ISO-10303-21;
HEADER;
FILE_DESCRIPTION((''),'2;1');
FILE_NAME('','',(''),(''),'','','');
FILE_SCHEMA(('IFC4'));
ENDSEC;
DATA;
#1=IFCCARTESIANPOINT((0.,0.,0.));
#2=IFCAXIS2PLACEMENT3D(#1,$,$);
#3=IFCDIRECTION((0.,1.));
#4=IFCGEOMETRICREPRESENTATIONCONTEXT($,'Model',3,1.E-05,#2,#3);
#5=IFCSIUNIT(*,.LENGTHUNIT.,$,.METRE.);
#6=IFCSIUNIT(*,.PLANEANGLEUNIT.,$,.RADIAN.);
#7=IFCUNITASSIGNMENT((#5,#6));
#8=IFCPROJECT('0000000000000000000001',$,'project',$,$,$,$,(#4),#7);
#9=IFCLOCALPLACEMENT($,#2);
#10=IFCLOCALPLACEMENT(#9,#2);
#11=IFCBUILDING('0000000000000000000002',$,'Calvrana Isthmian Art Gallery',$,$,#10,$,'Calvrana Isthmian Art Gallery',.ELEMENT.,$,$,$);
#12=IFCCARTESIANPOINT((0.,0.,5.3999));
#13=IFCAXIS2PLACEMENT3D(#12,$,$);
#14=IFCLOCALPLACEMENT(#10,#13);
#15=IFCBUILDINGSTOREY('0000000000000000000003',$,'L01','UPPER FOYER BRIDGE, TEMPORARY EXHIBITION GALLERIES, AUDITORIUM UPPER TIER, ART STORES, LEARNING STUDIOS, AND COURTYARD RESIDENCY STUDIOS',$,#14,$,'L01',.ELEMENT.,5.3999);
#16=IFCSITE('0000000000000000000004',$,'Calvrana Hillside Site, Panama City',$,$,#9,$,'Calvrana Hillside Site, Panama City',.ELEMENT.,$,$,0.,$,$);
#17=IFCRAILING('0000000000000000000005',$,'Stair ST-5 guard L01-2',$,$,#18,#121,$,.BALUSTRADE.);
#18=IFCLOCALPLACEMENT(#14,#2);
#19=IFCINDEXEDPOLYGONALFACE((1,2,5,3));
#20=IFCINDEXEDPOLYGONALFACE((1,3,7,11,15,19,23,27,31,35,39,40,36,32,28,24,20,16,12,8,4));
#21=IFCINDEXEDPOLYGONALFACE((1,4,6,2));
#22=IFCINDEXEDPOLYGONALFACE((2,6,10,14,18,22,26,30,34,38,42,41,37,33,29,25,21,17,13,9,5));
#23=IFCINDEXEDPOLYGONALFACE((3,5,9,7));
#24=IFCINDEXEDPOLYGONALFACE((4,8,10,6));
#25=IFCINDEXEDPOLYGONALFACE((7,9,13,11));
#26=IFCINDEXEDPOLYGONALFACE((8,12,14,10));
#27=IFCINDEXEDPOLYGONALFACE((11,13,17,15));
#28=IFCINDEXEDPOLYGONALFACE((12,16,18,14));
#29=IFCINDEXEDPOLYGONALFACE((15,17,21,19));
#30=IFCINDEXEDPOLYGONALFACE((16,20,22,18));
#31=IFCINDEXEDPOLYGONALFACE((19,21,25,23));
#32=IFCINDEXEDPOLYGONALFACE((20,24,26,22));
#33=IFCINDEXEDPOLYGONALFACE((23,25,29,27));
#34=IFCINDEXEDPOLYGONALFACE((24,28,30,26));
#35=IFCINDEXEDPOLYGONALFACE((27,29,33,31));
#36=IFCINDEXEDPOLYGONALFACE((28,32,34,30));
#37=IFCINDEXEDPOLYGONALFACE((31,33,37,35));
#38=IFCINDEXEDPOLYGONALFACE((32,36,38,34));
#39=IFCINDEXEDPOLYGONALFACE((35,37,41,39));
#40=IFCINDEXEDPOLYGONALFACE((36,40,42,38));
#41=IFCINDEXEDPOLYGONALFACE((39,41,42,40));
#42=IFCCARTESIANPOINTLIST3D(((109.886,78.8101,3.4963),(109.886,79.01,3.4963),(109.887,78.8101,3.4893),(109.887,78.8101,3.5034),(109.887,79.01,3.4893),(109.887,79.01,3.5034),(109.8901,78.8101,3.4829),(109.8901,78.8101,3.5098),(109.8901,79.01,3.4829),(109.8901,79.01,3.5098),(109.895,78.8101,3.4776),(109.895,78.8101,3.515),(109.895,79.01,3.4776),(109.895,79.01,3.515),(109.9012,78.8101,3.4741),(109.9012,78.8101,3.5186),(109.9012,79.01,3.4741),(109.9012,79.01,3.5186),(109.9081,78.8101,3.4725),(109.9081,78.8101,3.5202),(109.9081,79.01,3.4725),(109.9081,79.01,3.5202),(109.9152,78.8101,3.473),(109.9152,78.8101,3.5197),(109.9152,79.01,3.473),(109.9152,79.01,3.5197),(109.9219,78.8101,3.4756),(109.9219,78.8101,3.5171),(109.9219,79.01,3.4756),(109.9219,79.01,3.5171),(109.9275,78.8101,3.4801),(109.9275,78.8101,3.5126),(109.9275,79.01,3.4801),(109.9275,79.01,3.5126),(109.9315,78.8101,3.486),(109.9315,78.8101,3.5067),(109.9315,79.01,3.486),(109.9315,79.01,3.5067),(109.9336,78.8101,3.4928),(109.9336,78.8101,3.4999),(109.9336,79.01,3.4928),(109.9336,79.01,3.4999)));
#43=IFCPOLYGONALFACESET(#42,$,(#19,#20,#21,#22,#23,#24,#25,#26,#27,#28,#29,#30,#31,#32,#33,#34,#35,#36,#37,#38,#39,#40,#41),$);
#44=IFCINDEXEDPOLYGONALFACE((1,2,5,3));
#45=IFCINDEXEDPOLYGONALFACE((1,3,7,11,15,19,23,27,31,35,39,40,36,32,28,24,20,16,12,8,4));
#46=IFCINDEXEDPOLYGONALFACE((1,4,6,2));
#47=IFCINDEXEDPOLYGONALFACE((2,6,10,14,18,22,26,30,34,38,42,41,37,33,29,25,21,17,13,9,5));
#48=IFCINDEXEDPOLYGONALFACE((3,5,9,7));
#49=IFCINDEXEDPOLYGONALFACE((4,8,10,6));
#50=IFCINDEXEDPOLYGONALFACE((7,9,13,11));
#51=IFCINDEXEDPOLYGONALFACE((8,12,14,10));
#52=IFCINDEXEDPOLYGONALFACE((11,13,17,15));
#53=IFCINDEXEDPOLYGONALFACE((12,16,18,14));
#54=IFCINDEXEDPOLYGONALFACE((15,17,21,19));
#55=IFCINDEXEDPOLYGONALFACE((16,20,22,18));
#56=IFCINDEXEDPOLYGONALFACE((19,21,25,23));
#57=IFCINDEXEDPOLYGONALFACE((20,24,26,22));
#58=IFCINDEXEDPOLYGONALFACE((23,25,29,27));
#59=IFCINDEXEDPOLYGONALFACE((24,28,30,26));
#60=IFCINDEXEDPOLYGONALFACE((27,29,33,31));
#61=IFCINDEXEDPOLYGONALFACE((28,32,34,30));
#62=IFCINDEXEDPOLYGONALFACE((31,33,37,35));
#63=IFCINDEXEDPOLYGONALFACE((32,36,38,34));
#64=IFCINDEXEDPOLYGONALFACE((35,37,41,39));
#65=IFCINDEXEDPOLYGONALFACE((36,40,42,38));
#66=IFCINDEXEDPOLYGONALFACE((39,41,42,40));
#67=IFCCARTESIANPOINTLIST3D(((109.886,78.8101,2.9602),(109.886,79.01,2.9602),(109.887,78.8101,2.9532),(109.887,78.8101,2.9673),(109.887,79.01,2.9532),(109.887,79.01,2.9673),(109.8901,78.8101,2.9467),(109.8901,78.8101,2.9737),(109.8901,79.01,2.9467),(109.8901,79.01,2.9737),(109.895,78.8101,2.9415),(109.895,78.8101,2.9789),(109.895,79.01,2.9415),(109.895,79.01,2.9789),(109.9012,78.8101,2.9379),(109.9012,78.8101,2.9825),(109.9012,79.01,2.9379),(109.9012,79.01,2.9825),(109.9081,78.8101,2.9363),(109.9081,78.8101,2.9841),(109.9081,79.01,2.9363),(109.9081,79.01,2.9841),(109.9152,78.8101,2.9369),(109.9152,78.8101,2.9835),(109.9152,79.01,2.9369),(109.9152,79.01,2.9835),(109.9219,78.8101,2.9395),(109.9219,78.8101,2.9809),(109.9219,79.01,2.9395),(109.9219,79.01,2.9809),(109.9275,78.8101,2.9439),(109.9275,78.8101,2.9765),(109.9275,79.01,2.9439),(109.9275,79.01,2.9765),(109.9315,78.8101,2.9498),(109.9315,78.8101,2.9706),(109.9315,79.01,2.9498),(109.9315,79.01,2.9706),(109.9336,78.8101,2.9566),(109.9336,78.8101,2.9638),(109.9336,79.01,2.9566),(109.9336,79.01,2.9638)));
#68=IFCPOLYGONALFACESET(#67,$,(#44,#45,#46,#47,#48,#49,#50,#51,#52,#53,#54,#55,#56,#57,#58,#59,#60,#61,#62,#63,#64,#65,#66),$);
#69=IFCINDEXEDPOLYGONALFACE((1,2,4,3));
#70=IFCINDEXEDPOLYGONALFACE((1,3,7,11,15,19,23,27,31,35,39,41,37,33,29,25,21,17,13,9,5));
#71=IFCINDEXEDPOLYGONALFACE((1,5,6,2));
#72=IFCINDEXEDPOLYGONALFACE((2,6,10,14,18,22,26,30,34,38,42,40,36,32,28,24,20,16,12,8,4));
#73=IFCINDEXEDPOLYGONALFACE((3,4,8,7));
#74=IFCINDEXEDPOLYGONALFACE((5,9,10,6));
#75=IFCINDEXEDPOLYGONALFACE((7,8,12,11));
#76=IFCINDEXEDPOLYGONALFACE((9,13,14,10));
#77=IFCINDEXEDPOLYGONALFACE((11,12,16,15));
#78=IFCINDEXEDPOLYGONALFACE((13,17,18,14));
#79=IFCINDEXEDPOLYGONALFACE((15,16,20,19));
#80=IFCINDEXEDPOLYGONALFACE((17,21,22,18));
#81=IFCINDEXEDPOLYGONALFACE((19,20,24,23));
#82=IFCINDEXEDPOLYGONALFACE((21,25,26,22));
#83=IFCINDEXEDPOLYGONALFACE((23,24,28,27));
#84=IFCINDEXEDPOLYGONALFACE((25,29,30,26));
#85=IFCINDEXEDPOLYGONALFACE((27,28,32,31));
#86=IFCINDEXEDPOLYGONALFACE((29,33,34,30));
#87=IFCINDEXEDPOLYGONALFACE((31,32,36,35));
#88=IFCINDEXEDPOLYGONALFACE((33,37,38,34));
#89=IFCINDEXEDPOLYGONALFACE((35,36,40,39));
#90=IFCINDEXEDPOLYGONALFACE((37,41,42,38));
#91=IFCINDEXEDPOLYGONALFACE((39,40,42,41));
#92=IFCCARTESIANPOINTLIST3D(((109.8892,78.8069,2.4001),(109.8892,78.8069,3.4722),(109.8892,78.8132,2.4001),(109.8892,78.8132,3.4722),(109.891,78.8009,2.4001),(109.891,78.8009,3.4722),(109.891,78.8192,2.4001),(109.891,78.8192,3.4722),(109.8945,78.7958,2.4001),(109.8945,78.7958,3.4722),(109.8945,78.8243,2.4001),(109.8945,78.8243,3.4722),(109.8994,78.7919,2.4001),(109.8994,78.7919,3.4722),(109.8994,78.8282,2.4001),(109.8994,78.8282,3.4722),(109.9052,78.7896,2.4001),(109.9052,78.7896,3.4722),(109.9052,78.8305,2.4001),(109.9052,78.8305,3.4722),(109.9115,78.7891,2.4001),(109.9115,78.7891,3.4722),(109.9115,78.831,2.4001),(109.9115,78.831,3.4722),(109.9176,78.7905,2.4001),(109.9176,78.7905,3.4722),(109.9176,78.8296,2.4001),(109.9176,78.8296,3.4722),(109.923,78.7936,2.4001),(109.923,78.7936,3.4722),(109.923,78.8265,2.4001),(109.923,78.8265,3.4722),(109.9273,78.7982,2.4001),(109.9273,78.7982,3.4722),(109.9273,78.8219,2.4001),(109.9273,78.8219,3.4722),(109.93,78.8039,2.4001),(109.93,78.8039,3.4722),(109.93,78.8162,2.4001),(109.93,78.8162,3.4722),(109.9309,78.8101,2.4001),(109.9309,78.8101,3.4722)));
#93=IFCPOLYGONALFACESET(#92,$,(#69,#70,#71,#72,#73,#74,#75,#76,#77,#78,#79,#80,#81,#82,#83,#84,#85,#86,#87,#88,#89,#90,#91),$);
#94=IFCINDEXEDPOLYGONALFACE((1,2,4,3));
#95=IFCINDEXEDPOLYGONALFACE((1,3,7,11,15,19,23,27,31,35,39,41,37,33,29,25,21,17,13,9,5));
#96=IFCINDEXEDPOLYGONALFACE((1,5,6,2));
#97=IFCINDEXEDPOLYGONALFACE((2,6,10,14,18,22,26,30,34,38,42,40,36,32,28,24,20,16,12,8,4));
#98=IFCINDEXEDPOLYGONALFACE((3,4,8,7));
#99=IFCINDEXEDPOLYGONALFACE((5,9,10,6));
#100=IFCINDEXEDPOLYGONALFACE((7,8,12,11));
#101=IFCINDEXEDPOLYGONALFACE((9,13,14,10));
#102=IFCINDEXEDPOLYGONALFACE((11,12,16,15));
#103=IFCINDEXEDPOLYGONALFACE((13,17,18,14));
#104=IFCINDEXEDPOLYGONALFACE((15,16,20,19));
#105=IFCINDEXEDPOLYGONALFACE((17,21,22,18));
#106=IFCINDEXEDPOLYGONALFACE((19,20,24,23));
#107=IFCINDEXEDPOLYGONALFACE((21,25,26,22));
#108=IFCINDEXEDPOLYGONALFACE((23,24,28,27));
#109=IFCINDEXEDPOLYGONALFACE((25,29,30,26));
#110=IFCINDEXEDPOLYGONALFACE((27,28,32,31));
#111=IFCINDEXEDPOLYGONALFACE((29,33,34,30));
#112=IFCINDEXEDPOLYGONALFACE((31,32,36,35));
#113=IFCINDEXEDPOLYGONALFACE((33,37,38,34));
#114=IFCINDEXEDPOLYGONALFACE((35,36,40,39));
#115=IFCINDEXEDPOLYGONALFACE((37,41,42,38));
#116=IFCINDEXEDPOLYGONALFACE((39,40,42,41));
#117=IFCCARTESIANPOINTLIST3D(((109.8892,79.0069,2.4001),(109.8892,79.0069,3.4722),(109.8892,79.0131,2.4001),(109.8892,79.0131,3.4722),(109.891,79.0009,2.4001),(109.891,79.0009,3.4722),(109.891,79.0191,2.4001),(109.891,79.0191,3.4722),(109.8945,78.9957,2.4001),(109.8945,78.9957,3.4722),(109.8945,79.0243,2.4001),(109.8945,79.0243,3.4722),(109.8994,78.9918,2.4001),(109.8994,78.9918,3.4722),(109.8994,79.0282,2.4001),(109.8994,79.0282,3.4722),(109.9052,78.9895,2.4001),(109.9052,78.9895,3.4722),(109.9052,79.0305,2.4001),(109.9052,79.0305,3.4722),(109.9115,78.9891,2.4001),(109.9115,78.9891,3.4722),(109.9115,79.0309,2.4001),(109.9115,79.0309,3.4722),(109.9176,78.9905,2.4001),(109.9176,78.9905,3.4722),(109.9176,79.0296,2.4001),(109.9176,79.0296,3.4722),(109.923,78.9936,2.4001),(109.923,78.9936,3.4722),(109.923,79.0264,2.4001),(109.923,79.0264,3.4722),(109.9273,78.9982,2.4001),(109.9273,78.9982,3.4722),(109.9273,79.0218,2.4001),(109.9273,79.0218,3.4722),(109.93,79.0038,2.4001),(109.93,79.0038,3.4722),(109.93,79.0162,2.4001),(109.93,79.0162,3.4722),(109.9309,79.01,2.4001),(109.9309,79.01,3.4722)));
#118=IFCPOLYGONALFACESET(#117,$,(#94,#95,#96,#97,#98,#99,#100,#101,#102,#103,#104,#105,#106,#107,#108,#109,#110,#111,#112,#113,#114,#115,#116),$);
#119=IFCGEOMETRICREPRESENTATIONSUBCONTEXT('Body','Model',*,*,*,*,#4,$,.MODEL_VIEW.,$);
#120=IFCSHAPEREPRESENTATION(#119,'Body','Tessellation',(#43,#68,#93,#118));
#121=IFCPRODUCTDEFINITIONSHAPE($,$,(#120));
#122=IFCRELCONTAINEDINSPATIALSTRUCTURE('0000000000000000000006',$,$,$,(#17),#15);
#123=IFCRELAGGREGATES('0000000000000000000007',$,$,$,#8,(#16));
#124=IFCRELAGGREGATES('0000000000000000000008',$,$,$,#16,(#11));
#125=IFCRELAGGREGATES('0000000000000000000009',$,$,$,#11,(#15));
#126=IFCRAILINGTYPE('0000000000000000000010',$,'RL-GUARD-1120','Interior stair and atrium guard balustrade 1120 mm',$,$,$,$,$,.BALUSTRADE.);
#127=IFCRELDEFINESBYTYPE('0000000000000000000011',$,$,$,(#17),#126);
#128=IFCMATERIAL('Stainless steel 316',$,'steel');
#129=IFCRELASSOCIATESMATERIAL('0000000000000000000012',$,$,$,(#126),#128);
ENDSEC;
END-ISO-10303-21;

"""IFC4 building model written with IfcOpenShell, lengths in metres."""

from ifc_helpers import new_model, si_unit, direction, frame, origin, origin_2d, place, context, subcontext, project, spatial, circle, extrude, material, type_object, element, save


model = new_model("IFC4")

# Units and contexts
model_context = context("Model", 3, precision=1e-05, world=origin(), true_north=direction((0.0, 1.0)))
body_context = subcontext(model_context, "Body", "Model", "MODEL_VIEW")
ifc_project = project(units=[si_unit("LENGTHUNIT", "METRE"), si_unit("PLANEANGLEUNIT", "RADIAN")], contexts=[model_context])

# Site, building, storey
site_placement = place(None, origin())
site = spatial("IfcSite", under=ifc_project, at=site_placement, Name="Calvrana Hillside Site, Panama City", LongName="Calvrana Hillside Site, Panama City", CompositionType="ELEMENT", RefElevation=0.0)
building_placement = place(site_placement, origin())
building = spatial("IfcBuilding", under=site, at=building_placement, Name="Calvrana Isthmian Art Gallery", LongName="Calvrana Isthmian Art Gallery", CompositionType="ELEMENT")
storey_placement = place(building_placement, frame((0.0, 0.0, 5.3999)))
storey = spatial("IfcBuildingStorey", under=building, at=storey_placement, Name="L01", Description="UPPER FOYER BRIDGE, TEMPORARY EXHIBITION GALLERIES, AUDITORIUM UPPER TIER, ART STORES, LEARNING STUDIOS, AND COURTYARD RESIDENCY STUDIOS", LongName="L01", CompositionType="ELEMENT", Elevation=5.3999)

# Railing
ifc_material_1 = material(Name="Stainless steel 316", Category="steel")
railing_type_1 = type_object("IfcRailingType", Name="RL-GUARD-1120", Description="Interior stair and atrium guard balustrade 1120 mm", PredefinedType="BALUSTRADE", material=ifc_material_1)
railing_1_placement = place(storey_placement, frame((109.9099, 78.8101, 2.4001)))
element("IfcRailing", 1, at=railing_1_placement, inside=storey, type_object=railing_type_1, Name="Stair ST-5 guard L01-2", PredefinedType="BALUSTRADE", context=body_context, shape_type="SweptSolid", body=[
    extrude(circle(Radius=0.0239, at=origin_2d()), frame((0.0, 0.0, 1.0962), z_axis=(0.0, 1.0, 0.0), x_axis=(-1.0, 0.0, 0.0)), (0.0, 0.0, 1.0), 0.2),
    extrude(circle(Radius=0.0239, at=origin_2d()), frame((0.0, 0.0, 0.5601), z_axis=(0.0, 1.0, 0.0), x_axis=(-1.0, 0.0, 0.0)), (0.0, 0.0, 1.0), 0.2),
    extrude(circle(Radius=0.021, at=origin_2d()), origin(), (0.0, 0.0, 1.0), 1.072),
    extrude(circle(Radius=0.021, at=origin_2d()), frame((0.0, 0.2, 0.0)), (0.0, 0.0, 1.0), 1.072),
])

save(model, "model.ifc")
